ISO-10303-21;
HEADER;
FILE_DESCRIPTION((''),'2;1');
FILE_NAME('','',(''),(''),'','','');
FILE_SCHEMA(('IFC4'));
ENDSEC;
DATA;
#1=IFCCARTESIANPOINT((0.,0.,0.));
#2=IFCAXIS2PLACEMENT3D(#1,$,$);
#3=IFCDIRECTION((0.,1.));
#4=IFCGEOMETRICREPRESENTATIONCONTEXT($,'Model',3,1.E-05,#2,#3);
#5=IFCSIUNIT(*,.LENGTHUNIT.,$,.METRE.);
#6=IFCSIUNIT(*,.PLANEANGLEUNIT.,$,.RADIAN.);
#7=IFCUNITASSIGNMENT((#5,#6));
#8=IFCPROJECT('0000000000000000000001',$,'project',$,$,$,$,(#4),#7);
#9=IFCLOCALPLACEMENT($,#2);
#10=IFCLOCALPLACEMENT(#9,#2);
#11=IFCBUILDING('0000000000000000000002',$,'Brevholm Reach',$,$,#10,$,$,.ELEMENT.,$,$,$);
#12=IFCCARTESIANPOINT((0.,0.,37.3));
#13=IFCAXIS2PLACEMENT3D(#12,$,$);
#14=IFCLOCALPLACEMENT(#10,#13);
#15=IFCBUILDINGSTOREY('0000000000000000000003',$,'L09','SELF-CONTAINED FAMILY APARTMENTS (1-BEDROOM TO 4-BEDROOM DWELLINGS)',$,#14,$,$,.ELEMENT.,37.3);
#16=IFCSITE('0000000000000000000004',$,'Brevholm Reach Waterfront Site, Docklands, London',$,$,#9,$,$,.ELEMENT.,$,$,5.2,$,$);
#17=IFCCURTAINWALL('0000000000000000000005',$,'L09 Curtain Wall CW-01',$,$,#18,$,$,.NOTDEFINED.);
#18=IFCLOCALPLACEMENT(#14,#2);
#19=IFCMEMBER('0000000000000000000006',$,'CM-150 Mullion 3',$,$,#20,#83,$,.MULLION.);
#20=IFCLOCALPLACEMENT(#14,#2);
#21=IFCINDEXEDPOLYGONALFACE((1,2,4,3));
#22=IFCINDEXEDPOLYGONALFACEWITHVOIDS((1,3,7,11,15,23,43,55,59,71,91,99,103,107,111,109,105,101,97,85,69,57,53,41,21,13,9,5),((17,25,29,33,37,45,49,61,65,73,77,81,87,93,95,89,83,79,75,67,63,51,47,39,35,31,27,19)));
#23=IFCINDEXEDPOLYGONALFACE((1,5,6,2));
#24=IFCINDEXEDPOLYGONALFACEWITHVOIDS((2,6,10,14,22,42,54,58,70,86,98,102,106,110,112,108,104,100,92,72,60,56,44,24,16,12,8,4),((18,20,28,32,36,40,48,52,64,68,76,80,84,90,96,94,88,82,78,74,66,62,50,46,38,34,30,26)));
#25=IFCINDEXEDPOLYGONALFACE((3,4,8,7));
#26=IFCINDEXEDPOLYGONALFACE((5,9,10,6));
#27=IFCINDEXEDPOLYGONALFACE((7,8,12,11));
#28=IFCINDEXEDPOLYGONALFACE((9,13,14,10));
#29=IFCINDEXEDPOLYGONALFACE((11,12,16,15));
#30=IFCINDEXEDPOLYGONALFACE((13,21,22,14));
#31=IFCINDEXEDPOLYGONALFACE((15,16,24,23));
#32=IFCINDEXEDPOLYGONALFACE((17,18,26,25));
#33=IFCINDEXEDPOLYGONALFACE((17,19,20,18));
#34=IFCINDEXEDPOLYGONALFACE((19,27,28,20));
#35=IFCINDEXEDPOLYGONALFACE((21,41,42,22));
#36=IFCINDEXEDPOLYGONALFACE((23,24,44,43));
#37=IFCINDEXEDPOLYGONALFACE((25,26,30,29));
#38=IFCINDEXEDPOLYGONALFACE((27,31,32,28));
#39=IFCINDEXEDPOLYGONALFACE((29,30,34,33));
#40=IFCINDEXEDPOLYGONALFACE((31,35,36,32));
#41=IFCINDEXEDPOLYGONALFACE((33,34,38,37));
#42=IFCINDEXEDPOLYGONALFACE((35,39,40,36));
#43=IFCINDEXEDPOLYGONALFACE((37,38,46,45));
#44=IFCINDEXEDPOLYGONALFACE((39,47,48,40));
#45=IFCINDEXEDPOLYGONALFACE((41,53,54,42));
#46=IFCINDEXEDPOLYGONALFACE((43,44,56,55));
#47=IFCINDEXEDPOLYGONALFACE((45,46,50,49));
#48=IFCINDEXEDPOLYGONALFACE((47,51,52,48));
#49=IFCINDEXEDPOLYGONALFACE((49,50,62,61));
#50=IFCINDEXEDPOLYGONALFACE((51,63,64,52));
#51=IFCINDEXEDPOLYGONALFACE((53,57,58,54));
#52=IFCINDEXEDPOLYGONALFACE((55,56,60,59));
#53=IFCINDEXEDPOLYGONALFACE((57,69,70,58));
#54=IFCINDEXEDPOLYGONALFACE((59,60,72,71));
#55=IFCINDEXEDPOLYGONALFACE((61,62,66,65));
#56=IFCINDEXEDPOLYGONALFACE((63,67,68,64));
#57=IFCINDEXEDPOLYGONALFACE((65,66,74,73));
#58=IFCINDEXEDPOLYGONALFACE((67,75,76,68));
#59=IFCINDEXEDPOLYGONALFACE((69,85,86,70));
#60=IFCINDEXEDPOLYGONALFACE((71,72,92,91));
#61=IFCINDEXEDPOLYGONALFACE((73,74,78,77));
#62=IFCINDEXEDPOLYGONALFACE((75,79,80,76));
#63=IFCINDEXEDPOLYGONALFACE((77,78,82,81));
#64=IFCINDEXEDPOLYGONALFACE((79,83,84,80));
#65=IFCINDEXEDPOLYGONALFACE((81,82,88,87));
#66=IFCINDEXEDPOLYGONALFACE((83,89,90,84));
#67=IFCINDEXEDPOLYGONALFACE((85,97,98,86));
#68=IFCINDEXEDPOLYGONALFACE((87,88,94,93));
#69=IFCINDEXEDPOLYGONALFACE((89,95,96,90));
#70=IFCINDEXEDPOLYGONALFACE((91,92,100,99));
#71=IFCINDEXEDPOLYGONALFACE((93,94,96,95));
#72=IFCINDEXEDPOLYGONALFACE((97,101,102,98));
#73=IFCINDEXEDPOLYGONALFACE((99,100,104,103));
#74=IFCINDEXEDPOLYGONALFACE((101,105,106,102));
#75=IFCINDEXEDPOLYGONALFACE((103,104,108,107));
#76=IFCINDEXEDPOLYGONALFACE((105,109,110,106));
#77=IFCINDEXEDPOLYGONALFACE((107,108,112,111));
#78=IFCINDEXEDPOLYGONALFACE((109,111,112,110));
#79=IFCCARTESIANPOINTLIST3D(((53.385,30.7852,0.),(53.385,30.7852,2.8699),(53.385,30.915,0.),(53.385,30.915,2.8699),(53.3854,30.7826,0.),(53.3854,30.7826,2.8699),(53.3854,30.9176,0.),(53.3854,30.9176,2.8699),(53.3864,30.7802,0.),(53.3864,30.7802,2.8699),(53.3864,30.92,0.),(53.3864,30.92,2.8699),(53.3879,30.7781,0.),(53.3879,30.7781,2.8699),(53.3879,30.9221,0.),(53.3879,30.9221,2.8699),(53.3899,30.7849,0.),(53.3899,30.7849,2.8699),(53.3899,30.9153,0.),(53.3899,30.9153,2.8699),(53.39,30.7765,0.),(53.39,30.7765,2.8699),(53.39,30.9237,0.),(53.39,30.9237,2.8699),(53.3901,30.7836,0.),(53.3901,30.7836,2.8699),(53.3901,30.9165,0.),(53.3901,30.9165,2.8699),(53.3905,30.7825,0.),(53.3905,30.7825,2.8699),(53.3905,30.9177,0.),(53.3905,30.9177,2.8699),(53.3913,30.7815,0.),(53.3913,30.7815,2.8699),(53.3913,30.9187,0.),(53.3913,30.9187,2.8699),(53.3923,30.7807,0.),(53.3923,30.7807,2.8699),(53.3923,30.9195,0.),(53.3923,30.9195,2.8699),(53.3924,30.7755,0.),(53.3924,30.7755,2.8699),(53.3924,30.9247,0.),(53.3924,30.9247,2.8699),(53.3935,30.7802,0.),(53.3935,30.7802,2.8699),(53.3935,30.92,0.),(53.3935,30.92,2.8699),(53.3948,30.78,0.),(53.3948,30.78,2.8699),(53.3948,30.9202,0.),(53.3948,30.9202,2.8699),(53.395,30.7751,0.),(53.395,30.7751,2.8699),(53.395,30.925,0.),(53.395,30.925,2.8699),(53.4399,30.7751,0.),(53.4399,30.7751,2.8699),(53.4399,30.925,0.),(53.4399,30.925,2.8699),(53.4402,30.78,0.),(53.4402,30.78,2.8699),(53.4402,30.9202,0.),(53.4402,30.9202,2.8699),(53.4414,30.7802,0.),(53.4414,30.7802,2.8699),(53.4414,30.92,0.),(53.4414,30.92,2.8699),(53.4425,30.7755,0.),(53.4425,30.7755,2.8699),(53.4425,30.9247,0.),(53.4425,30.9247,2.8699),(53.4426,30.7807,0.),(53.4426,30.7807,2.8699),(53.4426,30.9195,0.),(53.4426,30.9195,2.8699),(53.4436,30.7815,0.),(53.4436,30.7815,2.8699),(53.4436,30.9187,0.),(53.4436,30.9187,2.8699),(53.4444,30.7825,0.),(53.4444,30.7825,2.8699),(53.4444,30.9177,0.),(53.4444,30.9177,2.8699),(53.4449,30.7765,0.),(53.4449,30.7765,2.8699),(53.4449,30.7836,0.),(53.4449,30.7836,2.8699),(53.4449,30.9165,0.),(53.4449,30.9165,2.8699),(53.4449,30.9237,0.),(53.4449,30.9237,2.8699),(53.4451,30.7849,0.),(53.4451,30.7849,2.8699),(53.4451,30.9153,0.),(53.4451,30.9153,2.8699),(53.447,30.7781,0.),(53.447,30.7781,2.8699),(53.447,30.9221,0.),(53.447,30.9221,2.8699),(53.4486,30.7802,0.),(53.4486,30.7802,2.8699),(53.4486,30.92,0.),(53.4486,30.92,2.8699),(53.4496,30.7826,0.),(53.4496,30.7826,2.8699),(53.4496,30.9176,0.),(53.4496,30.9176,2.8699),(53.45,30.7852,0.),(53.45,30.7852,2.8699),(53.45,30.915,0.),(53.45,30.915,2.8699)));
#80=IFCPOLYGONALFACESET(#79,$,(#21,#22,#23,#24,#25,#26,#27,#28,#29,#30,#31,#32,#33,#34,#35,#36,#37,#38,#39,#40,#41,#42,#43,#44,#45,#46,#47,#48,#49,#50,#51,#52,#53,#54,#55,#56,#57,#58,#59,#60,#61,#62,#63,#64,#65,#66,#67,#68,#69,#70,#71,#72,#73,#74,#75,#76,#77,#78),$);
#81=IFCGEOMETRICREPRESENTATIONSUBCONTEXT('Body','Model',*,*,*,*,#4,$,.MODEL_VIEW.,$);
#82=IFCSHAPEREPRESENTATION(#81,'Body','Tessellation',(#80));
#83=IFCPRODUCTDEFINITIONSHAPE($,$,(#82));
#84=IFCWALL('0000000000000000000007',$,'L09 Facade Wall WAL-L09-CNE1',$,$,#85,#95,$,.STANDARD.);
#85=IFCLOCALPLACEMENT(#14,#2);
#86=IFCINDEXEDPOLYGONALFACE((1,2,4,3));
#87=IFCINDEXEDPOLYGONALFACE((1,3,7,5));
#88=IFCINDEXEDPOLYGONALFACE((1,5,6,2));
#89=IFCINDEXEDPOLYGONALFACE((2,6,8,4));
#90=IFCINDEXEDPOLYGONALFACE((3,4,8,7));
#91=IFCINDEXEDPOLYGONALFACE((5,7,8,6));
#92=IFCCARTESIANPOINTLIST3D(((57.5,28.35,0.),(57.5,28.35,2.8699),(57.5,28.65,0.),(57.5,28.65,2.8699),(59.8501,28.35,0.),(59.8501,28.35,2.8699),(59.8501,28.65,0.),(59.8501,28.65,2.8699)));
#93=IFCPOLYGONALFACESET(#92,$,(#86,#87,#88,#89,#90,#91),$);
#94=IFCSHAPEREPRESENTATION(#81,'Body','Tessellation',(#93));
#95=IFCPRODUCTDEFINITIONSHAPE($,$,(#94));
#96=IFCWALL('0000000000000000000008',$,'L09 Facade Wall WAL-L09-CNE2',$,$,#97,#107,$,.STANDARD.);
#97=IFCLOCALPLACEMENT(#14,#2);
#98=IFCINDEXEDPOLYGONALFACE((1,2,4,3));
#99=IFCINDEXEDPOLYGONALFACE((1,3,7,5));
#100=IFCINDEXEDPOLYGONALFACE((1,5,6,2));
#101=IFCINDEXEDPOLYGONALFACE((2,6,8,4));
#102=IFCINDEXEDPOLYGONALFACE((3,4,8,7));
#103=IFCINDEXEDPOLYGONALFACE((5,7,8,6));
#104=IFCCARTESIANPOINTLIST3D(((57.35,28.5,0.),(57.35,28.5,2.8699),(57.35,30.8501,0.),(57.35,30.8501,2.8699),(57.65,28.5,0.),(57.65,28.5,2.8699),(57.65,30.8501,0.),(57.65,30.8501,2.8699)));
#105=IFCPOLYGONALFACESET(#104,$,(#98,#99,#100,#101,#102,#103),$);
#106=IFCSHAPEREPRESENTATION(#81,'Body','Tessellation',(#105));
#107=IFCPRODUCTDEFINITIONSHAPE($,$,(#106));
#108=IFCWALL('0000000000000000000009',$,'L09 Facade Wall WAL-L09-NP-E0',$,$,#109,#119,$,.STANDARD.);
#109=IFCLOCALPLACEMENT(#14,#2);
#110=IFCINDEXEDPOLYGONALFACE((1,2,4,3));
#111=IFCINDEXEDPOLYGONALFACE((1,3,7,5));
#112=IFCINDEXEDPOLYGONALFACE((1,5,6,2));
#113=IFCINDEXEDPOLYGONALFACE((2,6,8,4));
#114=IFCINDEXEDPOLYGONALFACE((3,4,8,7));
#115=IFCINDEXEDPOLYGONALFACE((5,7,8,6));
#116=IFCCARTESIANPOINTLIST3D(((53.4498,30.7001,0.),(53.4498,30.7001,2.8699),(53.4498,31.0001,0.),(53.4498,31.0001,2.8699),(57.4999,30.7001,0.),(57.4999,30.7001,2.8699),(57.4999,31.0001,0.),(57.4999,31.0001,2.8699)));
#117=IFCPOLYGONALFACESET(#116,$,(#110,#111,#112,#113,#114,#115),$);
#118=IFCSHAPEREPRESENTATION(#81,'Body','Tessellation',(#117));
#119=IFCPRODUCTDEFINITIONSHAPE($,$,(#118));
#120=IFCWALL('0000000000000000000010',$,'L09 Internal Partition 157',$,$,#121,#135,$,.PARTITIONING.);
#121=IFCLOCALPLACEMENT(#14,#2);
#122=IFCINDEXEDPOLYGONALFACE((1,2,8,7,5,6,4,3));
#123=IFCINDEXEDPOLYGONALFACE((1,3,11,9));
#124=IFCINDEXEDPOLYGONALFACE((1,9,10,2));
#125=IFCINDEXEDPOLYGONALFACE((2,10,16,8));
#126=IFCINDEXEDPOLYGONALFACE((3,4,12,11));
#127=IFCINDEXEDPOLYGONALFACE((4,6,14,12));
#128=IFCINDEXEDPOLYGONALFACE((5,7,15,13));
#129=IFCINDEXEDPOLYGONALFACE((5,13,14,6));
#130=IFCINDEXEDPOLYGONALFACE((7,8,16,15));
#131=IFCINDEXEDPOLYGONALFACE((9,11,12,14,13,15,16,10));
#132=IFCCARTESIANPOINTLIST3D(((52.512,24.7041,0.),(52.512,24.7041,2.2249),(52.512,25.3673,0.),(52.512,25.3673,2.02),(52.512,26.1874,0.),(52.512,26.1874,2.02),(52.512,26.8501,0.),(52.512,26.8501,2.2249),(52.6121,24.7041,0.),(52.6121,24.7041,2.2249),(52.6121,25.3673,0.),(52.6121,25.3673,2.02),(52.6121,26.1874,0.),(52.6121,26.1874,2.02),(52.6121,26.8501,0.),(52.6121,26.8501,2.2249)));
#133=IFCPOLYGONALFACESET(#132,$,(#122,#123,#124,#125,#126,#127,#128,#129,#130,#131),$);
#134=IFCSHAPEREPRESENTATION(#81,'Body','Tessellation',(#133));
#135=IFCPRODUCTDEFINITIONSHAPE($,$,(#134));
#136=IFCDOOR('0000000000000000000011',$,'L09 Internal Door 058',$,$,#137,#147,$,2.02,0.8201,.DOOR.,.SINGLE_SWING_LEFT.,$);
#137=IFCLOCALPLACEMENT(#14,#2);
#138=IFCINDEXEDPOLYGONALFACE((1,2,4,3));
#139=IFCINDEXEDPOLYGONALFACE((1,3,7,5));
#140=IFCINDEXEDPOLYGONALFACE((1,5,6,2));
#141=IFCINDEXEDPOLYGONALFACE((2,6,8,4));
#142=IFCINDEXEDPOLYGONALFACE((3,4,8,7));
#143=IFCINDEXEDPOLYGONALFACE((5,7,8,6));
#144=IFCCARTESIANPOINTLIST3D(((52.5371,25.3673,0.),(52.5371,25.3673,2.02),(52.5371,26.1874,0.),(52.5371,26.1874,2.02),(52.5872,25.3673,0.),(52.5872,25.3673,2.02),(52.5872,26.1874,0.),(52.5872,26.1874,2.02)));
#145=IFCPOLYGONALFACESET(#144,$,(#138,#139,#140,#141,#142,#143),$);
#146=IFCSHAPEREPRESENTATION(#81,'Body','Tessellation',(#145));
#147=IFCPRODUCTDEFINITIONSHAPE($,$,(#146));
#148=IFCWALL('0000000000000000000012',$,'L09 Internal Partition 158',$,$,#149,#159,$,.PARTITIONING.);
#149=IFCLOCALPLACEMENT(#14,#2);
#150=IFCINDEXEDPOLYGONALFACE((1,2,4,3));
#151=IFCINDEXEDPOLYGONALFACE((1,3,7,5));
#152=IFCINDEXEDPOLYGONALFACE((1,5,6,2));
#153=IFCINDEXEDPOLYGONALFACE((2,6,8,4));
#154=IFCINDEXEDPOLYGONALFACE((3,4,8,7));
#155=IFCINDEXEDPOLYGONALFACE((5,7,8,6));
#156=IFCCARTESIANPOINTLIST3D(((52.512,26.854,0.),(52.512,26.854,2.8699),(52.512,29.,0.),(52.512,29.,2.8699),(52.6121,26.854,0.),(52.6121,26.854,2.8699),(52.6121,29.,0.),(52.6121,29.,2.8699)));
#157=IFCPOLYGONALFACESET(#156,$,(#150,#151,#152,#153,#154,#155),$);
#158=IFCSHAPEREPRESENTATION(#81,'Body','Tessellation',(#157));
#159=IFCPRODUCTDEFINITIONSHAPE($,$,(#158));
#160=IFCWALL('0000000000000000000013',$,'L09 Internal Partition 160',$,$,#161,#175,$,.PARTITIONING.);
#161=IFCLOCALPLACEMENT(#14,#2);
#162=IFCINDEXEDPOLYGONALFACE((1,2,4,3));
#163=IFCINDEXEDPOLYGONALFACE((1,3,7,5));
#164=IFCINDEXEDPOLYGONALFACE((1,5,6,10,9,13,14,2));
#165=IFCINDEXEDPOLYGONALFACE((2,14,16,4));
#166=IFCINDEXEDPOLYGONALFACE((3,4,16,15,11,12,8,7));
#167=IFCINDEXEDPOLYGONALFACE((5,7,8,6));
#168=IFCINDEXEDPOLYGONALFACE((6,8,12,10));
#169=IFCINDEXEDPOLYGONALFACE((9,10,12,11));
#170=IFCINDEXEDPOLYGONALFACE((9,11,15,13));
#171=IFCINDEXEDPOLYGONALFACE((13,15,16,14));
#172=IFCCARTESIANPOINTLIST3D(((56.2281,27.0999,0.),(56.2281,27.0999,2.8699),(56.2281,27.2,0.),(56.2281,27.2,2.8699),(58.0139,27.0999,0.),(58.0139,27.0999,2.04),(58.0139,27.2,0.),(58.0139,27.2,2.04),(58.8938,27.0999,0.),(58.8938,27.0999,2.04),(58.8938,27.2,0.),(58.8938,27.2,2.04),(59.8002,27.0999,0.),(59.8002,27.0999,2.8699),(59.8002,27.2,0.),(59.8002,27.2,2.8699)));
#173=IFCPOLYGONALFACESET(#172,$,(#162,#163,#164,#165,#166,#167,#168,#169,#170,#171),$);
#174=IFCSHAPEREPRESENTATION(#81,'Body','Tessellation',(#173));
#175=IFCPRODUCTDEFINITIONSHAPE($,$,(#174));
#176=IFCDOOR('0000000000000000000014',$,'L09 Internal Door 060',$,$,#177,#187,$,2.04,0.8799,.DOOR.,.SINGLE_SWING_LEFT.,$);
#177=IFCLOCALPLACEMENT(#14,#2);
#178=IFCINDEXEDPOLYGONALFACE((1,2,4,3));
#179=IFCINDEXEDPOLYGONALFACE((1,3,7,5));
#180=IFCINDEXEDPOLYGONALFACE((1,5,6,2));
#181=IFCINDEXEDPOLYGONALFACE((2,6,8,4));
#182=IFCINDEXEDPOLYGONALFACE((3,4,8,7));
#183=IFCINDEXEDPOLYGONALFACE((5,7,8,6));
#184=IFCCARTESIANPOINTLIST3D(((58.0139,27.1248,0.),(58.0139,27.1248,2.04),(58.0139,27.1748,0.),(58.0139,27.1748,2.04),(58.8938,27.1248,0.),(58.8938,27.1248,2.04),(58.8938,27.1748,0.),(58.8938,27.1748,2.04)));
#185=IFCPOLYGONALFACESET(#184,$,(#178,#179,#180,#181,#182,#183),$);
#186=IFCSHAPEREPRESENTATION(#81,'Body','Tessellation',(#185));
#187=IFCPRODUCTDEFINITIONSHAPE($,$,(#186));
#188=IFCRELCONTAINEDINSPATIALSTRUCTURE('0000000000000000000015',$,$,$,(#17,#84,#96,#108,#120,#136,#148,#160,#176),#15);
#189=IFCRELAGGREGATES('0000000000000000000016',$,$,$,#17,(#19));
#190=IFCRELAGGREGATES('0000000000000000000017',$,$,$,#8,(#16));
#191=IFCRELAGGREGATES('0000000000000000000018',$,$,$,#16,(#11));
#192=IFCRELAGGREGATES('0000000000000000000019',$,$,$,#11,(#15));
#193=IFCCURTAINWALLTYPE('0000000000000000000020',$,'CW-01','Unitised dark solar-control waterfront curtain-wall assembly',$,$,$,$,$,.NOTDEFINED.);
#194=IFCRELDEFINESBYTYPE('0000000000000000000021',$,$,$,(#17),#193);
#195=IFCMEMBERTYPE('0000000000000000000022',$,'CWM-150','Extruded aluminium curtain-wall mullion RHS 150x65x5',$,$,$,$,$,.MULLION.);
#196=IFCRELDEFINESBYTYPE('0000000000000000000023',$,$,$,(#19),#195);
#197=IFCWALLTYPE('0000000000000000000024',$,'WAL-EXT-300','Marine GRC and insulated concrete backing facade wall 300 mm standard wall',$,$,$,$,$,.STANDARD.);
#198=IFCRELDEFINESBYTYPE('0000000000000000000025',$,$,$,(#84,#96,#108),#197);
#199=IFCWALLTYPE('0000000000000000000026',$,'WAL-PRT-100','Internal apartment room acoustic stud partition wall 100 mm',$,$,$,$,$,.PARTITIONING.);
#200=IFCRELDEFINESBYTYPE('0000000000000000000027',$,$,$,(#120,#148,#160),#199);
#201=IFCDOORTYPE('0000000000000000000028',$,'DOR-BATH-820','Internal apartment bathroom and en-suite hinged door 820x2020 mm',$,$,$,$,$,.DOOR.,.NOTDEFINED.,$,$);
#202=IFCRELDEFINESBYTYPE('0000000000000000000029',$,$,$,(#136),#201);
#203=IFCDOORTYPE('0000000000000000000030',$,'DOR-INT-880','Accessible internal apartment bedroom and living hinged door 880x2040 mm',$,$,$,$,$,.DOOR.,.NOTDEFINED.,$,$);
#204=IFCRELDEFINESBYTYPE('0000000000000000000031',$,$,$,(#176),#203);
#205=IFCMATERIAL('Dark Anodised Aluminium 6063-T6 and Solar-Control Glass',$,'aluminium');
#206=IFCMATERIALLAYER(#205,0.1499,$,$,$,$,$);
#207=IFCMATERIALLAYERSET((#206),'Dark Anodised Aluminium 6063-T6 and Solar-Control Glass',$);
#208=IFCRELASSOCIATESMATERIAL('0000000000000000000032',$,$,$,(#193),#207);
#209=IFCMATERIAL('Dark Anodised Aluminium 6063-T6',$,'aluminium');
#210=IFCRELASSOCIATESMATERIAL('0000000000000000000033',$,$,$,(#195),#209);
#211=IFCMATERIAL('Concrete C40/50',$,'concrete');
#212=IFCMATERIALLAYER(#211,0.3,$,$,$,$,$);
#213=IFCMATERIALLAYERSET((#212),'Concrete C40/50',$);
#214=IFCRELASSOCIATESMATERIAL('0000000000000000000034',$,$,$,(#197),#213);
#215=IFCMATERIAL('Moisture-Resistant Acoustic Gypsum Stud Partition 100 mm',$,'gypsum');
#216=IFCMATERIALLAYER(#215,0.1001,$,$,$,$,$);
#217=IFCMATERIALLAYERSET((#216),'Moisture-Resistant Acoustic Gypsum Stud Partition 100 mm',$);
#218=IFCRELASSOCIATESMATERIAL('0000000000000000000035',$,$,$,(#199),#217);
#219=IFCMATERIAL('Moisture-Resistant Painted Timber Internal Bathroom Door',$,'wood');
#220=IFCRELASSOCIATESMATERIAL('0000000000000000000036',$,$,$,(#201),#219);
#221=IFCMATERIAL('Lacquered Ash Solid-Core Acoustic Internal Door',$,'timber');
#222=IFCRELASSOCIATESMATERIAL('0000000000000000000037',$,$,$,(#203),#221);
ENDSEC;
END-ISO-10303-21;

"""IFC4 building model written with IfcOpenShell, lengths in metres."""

from ifc_helpers import new_model, si_unit, direction, frame, frame_2d, origin, origin_2d, place, context, subcontext, project, spatial, rectangle, hollow_rectangle, extrude, material, layer, layer_set, material_profile, profile_set, type_object, element, fill, aggregate, save


model = new_model("IFC4")

# Units and contexts
model_context = context("Model", 3, precision=1e-05, world=origin(), true_north=direction((0.0, 1.0)))
body_context = subcontext(model_context, "Body", "Model", "MODEL_VIEW")
ifc_project = project(units=[si_unit("LENGTHUNIT", "METRE"), si_unit("PLANEANGLEUNIT", "RADIAN")], contexts=[model_context])

# Site, building, storey
site_placement = place(None, origin())
site = spatial("IfcSite", under=ifc_project, at=site_placement, Name="Brevholm Reach Waterfront Site, Docklands, London", CompositionType="ELEMENT", RefElevation=5.2)
building_placement = place(site_placement, origin())
building = spatial("IfcBuilding", under=site, at=building_placement, Name="Brevholm Reach", CompositionType="ELEMENT")
storey_placement = place(building_placement, frame((0.0, 0.0, 37.3)))
storey = spatial("IfcBuildingStorey", under=building, at=storey_placement, Name="L09", Description="SELF-CONTAINED FAMILY APARTMENTS (1-BEDROOM TO 4-BEDROOM DWELLINGS)", CompositionType="ELEMENT", Elevation=37.3)

# Curtain wall, member
ifc_material_1 = material(Name="Dark Anodised Aluminium 6063-T6 and Solar-Control Glass", Category="aluminium")
ifc_layer_1 = layer(ifc_material_1, 0.1499)
ifc_layer_set_1 = layer_set([ifc_layer_1], Name="Dark Anodised Aluminium 6063-T6 and Solar-Control Glass")
curtain_wall_type = type_object("IfcCurtainWallType", Name="CW-01", Description="Unitised dark solar-control waterfront curtain-wall assembly", PredefinedType="NOTDEFINED", material=ifc_layer_set_1)
curtain_wall_placement = place(storey_placement, origin())
curtain_wall = element("IfcCurtainWall", 1, at=curtain_wall_placement, inside=storey, type_object=curtain_wall_type, Name="L09 Curtain Wall CW-01", PredefinedType="NOTDEFINED")
ifc_material_2 = material(Name="Dark Anodised Aluminium 6063-T6", Category="aluminium")
ifc_material_profile_1 = material_profile(ifc_material_2, hollow_rectangle(XDim=0.0649, YDim=0.1499, WallThickness=0.0049, InnerFilletRadius=0.0049, OuterFilletRadius=0.01, at=origin_2d()), Name="RHS 150x65x5")
ifc_profile_set_1 = profile_set([ifc_material_profile_1], Name="Dark Anodised Aluminium 6063-T6")
member_type = type_object("IfcMemberType", Name="CWM-150", Description="Extruded aluminium curtain-wall mullion RHS 150x65x5", PredefinedType="MULLION", material=ifc_profile_set_1)
member_placement = place(storey_placement, frame((53.4175, 30.8501, 0.0), z_axis=(0.0, 0.0, 1.0), x_axis=(1.0, 0.0, 0.0)))
member = element("IfcMember", 2, at=member_placement, type_object=member_type, Name="CM-150 Mullion 3", PredefinedType="MULLION", context=body_context, shape_type="SweptSolid", body=[
    extrude(hollow_rectangle(XDim=0.0649, YDim=0.1499, WallThickness=0.0049, InnerFilletRadius=0.0049, OuterFilletRadius=0.01, at=origin_2d()), origin(), (0.0, 0.0, 1.0), 2.8699),
])
aggregate(curtain_wall, [member])

# Walls
ifc_material_3 = material(Name="Concrete C40/50", Category="concrete")
ifc_layer_2 = layer(ifc_material_3, 0.3)
ifc_layer_set_2 = layer_set([ifc_layer_2], Name="Concrete C40/50")
wall_type_1 = type_object("IfcWallType", Name="WAL-EXT-300", Description="Marine GRC and insulated concrete backing facade wall 300 mm standard wall", PredefinedType="STANDARD", material=ifc_layer_set_2)
for number, where, z_axis, x_axis, name in (
    (3, (59.8501, 28.5, 0.0), (0.0, 0.0, 1.0), (-1.0, 0.0, 0.0), "L09 Facade Wall WAL-L09-CNE1"),
    (4, (57.5, 28.5, 0.0), (0.0, 0.0, 1.0), (0.0, 1.0, 0.0), "L09 Facade Wall WAL-L09-CNE2"),
):
    element("IfcWall", number, at=place(storey_placement, frame(where, z_axis=z_axis, x_axis=x_axis)), inside=storey, type_object=wall_type_1, Name=name, PredefinedType="STANDARD", context=body_context, shape_type="SweptSolid", body=[
        extrude(rectangle(XDim=2.3501, YDim=0.3, at=frame_2d((1.175, 0.0))), origin(), (0.0, 0.0, 1.0), 2.8699),
    ])
wall_1_placement = place(storey_placement, frame((53.45, 30.8501, 0.0), z_axis=(0.0, 0.0, 1.0), x_axis=(1.0, 0.0, 0.0)))
element("IfcWall", 5, at=wall_1_placement, inside=storey, type_object=wall_type_1, Name="L09 Facade Wall WAL-L09-NP-E0", PredefinedType="STANDARD", context=body_context, shape_type="SweptSolid", body=[
    extrude(rectangle(XDim=4.05, YDim=0.3, at=frame_2d((2.0249, 0.0))), origin(), (0.0, 0.0, 1.0), 2.8699),
])

# Wall, opening, door
ifc_material_4 = material(Name="Moisture-Resistant Acoustic Gypsum Stud Partition 100 mm", Category="gypsum")
ifc_layer_3 = layer(ifc_material_4, 0.1001)
ifc_layer_set_3 = layer_set([ifc_layer_3], Name="Moisture-Resistant Acoustic Gypsum Stud Partition 100 mm")
wall_type_2 = type_object("IfcWallType", Name="WAL-PRT-100", Description="Internal apartment room acoustic stud partition wall 100 mm", PredefinedType="PARTITIONING", material=ifc_layer_set_3)
wall_2_placement = place(storey_placement, frame((52.562, 24.7041, 0.0), z_axis=(0.0, 0.0, 1.0), x_axis=(0.0, 1.0, 0.0)))
wall_2 = element("IfcWall", 6, at=wall_2_placement, inside=storey, type_object=wall_type_2, Name="L09 Internal Partition 157", PredefinedType="PARTITIONING", context=body_context, shape_type="SweptSolid", body=[
    extrude(rectangle(XDim=2.146, YDim=0.1001, at=frame_2d((1.073, 0.0))), origin(), (0.0, 0.0, 1.0), 2.2249),
])
opening_1_placement = place(wall_2_placement, frame((0.6631, 0.0, 0.0)))
opening_1 = element("IfcOpeningElement", 7, at=opening_1_placement, cuts=wall_2, PredefinedType="OPENING", context=body_context, shape_type="SweptSolid", body=[
    extrude(rectangle(XDim=0.8201, YDim=2.02, at=frame_2d((0.4102, 1.01))), frame((0.0, 0.0601, 0.0), z_axis=(0.0, -1.0, 0.0), x_axis=(1.0, 0.0, 0.0)), (0.0, 0.0, 1.0), 0.1201),
])
ifc_material_5 = material(Name="Moisture-Resistant Painted Timber Internal Bathroom Door", Category="wood")
door_type_1 = type_object("IfcDoorType", Name="DOR-BATH-820", Description="Internal apartment bathroom and en-suite hinged door 820x2020 mm", OperationType="NOTDEFINED", PredefinedType="DOOR", material=ifc_material_5)
door_1_placement = place(opening_1_placement, origin())
door_1 = element("IfcDoor", 8, at=door_1_placement, inside=storey, type_object=door_type_1, Name="L09 Internal Door 058", OperationType="SINGLE_SWING_LEFT", OverallHeight=2.02, OverallWidth=0.8201, PredefinedType="DOOR", context=body_context, shape_type="SweptSolid", body=[
    extrude(rectangle(XDim=0.8201, YDim=2.02, at=frame_2d((0.4102, 1.01))), frame((0.0, 0.0249, 0.0), z_axis=(0.0, -1.0, 0.0), x_axis=(1.0, 0.0, 0.0)), (0.0, 0.0, 1.0), 0.05),
])
fill(opening_1, door_1)

# Wall
wall_3_placement = place(storey_placement, frame((52.562, 26.854, 0.0), z_axis=(0.0, 0.0, 1.0), x_axis=(0.0, 1.0, 0.0)))
element("IfcWall", 9, at=wall_3_placement, inside=storey, type_object=wall_type_2, Name="L09 Internal Partition 158", PredefinedType="PARTITIONING", context=body_context, shape_type="SweptSolid", body=[
    extrude(rectangle(XDim=2.146, YDim=0.1001, at=frame_2d((1.073, 0.0))), origin(), (0.0, 0.0, 1.0), 2.8699),
])

# Wall, opening, door
wall_4_placement = place(storey_placement, frame((56.228, 27.1499, 0.0), z_axis=(0.0, 0.0, 1.0), x_axis=(1.0, 0.0, 0.0)))
wall_4 = element("IfcWall", 10, at=wall_4_placement, inside=storey, type_object=wall_type_2, Name="L09 Internal Partition 160", PredefinedType="PARTITIONING", context=body_context, shape_type="SweptSolid", body=[
    extrude(rectangle(XDim=3.572, YDim=0.1001, at=frame_2d((1.7861, 0.0))), origin(), (0.0, 0.0, 1.0), 2.8699),
])
opening_2_placement = place(wall_4_placement, frame((1.7859, 0.0, 0.0)))
opening_2 = element("IfcOpeningElement", 11, at=opening_2_placement, cuts=wall_4, PredefinedType="OPENING", context=body_context, shape_type="SweptSolid", body=[
    extrude(rectangle(XDim=0.8799, YDim=2.04, at=frame_2d((0.4399, 1.02))), frame((0.0, 0.0601, 0.0), z_axis=(0.0, -1.0, 0.0), x_axis=(1.0, 0.0, 0.0)), (0.0, 0.0, 1.0), 0.1201),
])
ifc_material_6 = material(Name="Lacquered Ash Solid-Core Acoustic Internal Door", Category="timber")
door_type_2 = type_object("IfcDoorType", Name="DOR-INT-880", Description="Accessible internal apartment bedroom and living hinged door 880x2040 mm", OperationType="NOTDEFINED", PredefinedType="DOOR", material=ifc_material_6)
door_2_placement = place(opening_2_placement, origin())
door_2 = element("IfcDoor", 12, at=door_2_placement, inside=storey, type_object=door_type_2, Name="L09 Internal Door 060", OperationType="SINGLE_SWING_LEFT", OverallHeight=2.04, OverallWidth=0.8799, PredefinedType="DOOR", context=body_context, shape_type="SweptSolid", body=[
    extrude(rectangle(XDim=0.8799, YDim=2.04, at=frame_2d((0.4399, 1.02))), frame((0.0, 0.0249, 0.0), z_axis=(0.0, -1.0, 0.0), x_axis=(1.0, 0.0, 0.0)), (0.0, 0.0, 1.0), 0.05),
])
fill(opening_2, door_2)

save(model, "model.ifc")
